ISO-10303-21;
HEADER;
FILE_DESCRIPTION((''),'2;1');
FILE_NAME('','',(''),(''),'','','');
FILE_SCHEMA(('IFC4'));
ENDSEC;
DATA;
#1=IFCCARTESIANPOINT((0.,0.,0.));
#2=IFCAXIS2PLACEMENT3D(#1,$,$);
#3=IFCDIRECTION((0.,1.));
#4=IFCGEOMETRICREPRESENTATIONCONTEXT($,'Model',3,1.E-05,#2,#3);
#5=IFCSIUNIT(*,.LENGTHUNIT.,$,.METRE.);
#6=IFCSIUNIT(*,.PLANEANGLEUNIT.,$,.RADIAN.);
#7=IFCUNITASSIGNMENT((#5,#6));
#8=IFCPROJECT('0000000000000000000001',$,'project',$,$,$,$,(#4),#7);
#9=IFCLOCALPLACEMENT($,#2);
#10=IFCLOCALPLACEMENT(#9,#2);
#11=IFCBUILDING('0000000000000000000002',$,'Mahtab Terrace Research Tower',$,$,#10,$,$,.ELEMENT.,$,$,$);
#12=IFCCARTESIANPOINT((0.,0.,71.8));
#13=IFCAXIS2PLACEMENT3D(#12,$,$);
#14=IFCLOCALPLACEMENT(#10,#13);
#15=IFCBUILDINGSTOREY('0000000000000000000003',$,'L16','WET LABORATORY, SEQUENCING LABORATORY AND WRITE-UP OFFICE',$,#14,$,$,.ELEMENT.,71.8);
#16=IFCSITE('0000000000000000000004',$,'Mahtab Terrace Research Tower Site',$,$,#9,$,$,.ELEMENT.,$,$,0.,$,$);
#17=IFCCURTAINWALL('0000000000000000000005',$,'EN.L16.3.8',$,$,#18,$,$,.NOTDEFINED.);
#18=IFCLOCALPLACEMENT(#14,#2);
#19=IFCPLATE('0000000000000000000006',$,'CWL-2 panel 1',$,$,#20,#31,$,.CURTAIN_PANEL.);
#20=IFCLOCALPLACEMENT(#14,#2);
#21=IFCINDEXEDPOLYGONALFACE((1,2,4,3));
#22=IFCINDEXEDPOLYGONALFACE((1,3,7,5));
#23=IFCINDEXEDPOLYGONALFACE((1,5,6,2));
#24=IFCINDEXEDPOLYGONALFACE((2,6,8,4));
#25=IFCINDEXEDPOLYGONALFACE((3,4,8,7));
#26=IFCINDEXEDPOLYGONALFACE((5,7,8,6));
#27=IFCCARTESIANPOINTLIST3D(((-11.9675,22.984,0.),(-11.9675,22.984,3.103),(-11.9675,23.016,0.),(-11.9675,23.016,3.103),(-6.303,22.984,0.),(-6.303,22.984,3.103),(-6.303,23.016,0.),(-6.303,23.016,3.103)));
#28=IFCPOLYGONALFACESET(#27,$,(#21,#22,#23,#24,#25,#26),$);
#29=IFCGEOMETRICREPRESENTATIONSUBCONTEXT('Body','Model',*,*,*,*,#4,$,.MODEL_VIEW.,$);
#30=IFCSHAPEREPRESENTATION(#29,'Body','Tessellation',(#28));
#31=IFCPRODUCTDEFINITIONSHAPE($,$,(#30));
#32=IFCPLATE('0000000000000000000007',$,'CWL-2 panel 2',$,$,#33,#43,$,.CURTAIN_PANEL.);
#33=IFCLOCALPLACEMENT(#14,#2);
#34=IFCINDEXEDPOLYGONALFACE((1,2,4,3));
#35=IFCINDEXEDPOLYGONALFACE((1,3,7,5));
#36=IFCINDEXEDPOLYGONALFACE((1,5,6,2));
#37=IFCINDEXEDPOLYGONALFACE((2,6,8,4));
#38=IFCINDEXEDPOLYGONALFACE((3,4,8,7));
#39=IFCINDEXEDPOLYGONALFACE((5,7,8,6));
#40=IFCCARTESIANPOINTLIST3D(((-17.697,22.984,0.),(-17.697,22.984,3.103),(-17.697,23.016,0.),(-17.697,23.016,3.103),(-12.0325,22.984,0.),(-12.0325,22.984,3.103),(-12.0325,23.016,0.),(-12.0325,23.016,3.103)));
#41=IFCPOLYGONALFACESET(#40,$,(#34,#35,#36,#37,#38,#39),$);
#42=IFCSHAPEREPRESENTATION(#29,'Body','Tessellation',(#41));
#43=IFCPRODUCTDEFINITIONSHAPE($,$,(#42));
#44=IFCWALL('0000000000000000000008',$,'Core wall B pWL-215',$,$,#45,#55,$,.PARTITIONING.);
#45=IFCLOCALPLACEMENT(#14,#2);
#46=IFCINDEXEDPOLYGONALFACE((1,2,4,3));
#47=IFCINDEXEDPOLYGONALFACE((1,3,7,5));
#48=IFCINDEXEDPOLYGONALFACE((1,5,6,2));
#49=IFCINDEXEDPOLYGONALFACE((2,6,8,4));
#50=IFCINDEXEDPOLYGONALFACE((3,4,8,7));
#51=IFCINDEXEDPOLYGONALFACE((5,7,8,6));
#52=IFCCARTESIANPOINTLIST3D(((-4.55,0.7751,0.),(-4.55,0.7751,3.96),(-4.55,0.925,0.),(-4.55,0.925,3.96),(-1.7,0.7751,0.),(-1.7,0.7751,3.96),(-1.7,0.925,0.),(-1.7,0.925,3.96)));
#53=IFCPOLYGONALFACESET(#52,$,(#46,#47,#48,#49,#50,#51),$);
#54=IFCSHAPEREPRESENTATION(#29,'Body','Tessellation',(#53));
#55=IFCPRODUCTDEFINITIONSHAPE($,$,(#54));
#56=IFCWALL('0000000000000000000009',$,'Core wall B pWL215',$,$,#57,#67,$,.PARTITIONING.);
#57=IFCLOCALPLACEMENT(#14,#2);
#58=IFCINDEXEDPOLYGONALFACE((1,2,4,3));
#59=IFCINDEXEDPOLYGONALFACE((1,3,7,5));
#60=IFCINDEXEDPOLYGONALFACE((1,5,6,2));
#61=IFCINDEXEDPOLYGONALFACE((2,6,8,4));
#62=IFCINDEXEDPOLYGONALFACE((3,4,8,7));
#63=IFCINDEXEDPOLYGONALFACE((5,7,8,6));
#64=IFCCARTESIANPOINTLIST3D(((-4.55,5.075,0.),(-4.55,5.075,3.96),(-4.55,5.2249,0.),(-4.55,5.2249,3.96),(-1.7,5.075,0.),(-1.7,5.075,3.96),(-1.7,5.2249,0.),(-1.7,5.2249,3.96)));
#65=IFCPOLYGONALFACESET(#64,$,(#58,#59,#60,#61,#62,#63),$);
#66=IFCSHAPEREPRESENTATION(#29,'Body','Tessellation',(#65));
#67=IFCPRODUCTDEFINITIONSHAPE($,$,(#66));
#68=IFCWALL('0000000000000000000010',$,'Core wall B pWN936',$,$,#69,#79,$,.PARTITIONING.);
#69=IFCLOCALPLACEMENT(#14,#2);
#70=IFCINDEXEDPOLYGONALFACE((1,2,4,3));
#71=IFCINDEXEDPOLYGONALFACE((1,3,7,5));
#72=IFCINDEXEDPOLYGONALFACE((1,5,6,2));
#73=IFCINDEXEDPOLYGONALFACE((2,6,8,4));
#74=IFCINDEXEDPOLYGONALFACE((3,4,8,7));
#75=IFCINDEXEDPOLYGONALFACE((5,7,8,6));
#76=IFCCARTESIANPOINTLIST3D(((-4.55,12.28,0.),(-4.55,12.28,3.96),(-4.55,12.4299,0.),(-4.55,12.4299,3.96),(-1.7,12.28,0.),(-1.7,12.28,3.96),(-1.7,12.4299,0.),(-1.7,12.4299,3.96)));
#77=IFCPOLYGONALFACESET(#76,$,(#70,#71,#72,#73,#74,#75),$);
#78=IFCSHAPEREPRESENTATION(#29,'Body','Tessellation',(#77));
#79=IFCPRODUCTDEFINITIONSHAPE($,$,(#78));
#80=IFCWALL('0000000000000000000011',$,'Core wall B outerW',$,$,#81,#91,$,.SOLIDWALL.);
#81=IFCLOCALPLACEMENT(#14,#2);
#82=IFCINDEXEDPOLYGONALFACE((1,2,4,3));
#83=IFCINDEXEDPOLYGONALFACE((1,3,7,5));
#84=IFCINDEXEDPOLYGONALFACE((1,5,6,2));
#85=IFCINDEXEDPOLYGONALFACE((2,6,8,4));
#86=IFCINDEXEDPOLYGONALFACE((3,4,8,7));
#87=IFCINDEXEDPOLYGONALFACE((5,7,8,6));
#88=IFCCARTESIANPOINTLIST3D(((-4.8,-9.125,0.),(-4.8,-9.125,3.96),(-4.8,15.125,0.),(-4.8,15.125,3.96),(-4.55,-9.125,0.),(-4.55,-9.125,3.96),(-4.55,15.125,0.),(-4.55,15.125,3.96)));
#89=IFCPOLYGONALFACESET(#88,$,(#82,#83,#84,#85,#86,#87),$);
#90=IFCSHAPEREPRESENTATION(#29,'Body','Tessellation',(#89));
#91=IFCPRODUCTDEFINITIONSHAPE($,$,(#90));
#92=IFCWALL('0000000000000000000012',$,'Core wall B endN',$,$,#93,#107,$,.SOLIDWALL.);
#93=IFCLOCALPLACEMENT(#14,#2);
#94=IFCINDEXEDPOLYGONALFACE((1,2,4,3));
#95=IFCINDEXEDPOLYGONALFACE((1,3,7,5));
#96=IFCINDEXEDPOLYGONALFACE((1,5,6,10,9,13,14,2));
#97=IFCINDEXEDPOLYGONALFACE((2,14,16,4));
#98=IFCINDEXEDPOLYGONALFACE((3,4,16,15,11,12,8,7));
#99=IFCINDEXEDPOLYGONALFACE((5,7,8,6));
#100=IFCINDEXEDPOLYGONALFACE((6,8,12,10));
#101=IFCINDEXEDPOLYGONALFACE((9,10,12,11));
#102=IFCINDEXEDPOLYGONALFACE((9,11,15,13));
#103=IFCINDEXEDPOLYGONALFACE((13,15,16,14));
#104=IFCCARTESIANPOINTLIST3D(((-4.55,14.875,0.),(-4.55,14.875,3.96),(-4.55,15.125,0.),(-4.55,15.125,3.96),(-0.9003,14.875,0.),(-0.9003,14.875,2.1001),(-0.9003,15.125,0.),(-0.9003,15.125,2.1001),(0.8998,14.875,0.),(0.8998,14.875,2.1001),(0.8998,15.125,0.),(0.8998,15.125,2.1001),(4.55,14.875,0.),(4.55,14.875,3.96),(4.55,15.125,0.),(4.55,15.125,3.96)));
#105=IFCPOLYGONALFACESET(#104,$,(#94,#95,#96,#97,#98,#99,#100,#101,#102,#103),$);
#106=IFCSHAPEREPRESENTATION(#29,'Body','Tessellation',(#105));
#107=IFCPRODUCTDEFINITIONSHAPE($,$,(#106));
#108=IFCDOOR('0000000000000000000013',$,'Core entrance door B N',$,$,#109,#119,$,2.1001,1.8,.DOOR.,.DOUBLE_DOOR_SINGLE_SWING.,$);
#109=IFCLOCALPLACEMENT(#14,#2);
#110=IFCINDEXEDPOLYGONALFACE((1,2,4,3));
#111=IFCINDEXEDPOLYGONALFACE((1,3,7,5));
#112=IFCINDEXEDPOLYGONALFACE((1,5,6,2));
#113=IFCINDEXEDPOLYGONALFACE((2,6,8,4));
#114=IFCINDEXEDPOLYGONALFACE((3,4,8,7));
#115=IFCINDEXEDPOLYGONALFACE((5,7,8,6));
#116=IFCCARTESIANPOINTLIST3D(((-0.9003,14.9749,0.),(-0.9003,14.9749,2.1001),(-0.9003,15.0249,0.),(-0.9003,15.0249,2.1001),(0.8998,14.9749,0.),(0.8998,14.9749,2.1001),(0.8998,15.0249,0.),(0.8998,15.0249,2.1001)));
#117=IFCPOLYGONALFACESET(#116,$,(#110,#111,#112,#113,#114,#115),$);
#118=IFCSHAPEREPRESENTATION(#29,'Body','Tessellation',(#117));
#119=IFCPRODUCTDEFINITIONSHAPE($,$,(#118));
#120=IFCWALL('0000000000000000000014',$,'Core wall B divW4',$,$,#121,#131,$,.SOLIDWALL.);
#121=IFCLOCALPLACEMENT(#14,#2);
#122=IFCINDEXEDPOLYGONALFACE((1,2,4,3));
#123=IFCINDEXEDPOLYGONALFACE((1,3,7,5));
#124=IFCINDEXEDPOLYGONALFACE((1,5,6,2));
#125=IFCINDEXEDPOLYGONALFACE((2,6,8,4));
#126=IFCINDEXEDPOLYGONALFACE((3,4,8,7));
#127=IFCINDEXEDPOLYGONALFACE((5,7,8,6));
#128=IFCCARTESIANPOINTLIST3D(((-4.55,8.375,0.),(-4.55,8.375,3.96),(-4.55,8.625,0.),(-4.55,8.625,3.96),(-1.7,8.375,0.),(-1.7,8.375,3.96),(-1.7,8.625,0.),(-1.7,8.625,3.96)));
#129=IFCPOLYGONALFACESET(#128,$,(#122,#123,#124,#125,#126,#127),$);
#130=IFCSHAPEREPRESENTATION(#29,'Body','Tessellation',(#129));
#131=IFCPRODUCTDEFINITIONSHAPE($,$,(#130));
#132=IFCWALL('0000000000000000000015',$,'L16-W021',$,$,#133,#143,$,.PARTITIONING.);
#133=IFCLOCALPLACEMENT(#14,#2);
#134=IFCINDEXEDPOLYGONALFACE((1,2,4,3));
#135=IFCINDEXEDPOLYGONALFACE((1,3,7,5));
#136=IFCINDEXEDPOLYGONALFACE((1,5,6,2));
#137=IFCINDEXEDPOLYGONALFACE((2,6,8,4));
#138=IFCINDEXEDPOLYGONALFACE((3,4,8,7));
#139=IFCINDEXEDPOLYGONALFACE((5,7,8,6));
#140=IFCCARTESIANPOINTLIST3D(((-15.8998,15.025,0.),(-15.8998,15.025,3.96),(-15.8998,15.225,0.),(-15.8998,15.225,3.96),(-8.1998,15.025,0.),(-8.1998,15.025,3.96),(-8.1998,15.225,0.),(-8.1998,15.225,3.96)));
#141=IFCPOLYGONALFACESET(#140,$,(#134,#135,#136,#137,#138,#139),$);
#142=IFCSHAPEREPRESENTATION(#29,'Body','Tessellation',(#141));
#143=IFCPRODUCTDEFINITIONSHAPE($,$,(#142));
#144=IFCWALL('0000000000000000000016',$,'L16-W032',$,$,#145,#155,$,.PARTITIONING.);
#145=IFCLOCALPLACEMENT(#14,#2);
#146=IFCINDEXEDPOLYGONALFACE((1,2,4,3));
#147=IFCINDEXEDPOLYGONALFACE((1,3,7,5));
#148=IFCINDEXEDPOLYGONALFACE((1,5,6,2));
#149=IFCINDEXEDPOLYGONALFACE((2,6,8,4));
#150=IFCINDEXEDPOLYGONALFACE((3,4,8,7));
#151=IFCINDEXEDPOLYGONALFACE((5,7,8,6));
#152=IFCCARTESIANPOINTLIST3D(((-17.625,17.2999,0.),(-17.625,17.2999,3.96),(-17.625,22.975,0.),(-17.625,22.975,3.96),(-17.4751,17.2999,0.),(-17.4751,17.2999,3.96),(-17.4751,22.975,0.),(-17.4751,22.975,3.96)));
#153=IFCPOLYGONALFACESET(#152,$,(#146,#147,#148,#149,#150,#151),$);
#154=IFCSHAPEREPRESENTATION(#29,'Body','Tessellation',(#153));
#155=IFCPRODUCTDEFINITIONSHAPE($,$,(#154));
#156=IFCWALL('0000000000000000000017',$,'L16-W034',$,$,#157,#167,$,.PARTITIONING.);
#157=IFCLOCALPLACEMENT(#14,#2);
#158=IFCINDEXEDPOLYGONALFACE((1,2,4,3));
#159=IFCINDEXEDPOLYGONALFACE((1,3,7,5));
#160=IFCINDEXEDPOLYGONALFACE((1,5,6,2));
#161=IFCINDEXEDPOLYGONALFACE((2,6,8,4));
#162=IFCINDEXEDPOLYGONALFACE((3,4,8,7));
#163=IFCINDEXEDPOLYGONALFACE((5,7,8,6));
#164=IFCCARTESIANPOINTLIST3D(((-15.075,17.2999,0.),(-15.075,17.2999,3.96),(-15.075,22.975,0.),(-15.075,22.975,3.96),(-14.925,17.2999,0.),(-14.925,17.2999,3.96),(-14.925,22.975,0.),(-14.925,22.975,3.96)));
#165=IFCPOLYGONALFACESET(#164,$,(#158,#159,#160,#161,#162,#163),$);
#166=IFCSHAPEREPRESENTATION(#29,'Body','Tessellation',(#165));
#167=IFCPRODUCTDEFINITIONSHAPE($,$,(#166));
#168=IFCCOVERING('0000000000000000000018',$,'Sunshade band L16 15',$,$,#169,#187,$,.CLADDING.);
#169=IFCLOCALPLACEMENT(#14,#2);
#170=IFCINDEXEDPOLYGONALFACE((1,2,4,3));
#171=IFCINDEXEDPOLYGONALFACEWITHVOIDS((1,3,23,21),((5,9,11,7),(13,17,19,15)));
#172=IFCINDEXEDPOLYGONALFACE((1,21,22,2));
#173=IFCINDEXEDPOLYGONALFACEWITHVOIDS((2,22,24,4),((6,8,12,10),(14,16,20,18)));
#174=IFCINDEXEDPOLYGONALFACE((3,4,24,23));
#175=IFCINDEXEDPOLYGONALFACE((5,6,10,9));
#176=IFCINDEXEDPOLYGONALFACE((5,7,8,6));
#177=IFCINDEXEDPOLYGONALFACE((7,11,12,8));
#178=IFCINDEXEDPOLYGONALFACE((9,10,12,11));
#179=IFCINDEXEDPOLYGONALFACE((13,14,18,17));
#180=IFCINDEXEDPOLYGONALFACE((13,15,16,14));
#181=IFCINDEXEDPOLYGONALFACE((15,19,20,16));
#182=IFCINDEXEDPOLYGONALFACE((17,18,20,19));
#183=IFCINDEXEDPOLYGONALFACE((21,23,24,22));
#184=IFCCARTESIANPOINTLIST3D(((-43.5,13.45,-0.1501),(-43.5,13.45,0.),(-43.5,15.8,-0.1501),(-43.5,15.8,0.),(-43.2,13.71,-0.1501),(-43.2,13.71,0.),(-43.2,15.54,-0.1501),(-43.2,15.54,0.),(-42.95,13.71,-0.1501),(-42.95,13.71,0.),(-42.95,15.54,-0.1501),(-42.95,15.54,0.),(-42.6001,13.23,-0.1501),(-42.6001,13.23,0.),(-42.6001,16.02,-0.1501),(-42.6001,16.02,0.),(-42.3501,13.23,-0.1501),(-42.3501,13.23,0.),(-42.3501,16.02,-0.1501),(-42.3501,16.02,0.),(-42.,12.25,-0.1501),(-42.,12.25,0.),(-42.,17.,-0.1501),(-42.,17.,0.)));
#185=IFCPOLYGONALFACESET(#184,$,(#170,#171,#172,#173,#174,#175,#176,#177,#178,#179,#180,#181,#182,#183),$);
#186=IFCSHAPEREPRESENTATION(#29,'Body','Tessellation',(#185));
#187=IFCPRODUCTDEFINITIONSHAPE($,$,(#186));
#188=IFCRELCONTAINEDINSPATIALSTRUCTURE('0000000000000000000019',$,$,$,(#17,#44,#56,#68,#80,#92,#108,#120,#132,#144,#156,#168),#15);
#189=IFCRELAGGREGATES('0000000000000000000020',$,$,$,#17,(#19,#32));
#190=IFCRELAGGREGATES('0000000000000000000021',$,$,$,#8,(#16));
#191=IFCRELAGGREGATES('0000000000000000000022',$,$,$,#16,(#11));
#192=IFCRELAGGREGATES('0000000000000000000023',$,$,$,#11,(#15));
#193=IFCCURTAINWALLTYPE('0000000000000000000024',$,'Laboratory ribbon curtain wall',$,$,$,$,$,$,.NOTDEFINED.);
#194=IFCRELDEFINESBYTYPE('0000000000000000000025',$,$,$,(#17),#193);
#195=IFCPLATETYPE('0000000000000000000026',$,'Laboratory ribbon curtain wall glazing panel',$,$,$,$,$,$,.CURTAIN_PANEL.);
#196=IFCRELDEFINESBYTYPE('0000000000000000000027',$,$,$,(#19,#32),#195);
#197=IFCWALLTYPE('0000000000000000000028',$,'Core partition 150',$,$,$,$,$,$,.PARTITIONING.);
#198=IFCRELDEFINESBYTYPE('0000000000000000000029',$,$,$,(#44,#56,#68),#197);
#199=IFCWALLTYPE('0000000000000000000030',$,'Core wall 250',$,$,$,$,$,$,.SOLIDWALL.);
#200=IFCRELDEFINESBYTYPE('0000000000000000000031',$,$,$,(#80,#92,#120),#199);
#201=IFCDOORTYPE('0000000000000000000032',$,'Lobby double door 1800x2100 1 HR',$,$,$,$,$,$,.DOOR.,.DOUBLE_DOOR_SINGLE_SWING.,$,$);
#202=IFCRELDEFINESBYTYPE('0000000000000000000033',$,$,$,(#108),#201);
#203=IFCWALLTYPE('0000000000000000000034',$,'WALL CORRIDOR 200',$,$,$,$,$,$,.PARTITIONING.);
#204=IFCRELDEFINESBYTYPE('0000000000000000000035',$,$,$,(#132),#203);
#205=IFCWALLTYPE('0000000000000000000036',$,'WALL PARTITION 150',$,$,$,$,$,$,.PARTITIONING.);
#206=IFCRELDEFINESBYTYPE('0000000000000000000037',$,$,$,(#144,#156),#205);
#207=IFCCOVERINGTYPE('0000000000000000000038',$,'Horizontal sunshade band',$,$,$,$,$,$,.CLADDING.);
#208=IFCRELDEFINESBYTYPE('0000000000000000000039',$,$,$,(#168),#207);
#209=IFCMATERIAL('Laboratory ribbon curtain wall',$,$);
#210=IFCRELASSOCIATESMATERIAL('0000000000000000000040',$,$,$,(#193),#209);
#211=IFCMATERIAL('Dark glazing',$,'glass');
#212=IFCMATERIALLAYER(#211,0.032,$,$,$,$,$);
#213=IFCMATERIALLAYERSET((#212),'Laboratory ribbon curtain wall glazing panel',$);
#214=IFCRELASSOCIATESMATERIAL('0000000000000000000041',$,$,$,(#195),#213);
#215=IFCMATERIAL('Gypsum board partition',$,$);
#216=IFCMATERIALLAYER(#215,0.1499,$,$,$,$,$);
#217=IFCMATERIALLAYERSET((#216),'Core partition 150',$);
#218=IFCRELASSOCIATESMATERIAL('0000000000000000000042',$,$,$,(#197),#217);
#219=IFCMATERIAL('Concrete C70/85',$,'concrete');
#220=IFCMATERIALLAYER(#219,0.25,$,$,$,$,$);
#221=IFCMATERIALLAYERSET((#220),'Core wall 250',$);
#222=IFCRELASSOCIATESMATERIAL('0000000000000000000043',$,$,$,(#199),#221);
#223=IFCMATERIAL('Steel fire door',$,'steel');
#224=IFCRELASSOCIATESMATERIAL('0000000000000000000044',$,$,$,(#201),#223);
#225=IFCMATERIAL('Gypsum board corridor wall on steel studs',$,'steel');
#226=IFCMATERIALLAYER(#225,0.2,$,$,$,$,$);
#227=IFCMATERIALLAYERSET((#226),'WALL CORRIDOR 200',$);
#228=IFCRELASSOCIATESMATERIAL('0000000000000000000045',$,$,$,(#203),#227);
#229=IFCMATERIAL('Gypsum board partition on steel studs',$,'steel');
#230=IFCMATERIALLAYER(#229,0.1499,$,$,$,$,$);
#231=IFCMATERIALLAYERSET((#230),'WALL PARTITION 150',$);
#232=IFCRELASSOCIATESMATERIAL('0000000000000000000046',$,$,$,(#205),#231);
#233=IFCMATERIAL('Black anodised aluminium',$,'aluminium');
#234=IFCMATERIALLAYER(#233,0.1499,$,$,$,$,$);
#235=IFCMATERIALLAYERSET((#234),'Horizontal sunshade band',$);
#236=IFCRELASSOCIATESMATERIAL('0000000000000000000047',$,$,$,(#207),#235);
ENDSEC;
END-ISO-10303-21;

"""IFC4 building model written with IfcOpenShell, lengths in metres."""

from ifc_helpers import new_model, si_unit, direction, frame, frame_2d, origin, origin_2d, place, context, subcontext, project, spatial, polyline, rectangle, outline, extrude, material, layer, layer_set, type_object, element, fill, aggregate, save


model = new_model("IFC4")

# Units and contexts
model_context = context("Model", 3, precision=1e-05, world=origin(), true_north=direction((0.0, 1.0)))
body_context = subcontext(model_context, "Body", "Model", "MODEL_VIEW")
ifc_project = project(units=[si_unit("LENGTHUNIT", "METRE"), si_unit("PLANEANGLEUNIT", "RADIAN")], contexts=[model_context])

# Site, building, storey
site_placement = place(None, origin())
site = spatial("IfcSite", under=ifc_project, at=site_placement, Name="Mahtab Terrace Research Tower Site", CompositionType="ELEMENT", RefElevation=0.0)
building_placement = place(site_placement, origin())
building = spatial("IfcBuilding", under=site, at=building_placement, Name="Mahtab Terrace Research Tower", CompositionType="ELEMENT")
storey_placement = place(building_placement, frame((0.0, 0.0, 71.8)))
storey = spatial("IfcBuildingStorey", under=building, at=storey_placement, Name="L16", Description="WET LABORATORY, SEQUENCING LABORATORY AND WRITE-UP OFFICE", CompositionType="ELEMENT", Elevation=71.8)

# Shared definitions
ifc_material_1 = material(Name="Concrete C70/85", Category="concrete")

# Curtain wall
ifc_material_2 = material(Name="Laboratory ribbon curtain wall")
curtain_wall_type = type_object("IfcCurtainWallType", Name="Laboratory ribbon curtain wall", PredefinedType="NOTDEFINED", material=ifc_material_2)
curtain_wall_placement = place(storey_placement, origin())
curtain_wall = element("IfcCurtainWall", 1, at=curtain_wall_placement, inside=storey, type_object=curtain_wall_type, Name="EN.L16.3.8", PredefinedType="NOTDEFINED")

# Plates
ifc_material_3 = material(Name="Dark glazing", Category="glass")
ifc_layer_1 = layer(ifc_material_3, 0.032)
ifc_layer_set_1 = layer_set([ifc_layer_1], Name="Laboratory ribbon curtain wall glazing panel")
plate_type = type_object("IfcPlateType", Name="Laboratory ribbon curtain wall glazing panel", PredefinedType="CURTAIN_PANEL", material=ifc_layer_set_1)
plate_1_placement = place(storey_placement, frame((-9.1353, 23.0, 0.0), z_axis=(0.0, 0.0, 1.0), x_axis=(-1.0, 0.0, 0.0)))
plate_1 = element("IfcPlate", 2, at=plate_1_placement, type_object=plate_type, Name="CWL-2 panel 1", PredefinedType="CURTAIN_PANEL", context=body_context, shape_type="SweptSolid", body=[
    extrude(rectangle(XDim=5.6646, YDim=0.032, at=origin_2d()), origin(), (0.0, 0.0, 1.0), 3.103),
])
plate_2_placement = place(storey_placement, frame((-14.8647, 23.0, 0.0), z_axis=(0.0, 0.0, 1.0), x_axis=(-1.0, 0.0, 0.0)))
plate_2 = element("IfcPlate", 3, at=plate_2_placement, type_object=plate_type, Name="CWL-2 panel 2", PredefinedType="CURTAIN_PANEL", context=body_context, shape_type="SweptSolid", body=[
    extrude(rectangle(XDim=5.6646, YDim=0.032, at=origin_2d()), origin(), (0.0, 0.0, 1.0), 3.103),
])
aggregate(curtain_wall, [plate_1, plate_2])

# Walls
ifc_material_4 = material(Name="Gypsum board partition")
ifc_layer_2 = layer(ifc_material_4, 0.1499)
ifc_layer_set_2 = layer_set([ifc_layer_2], Name="Core partition 150")
wall_type_1 = type_object("IfcWallType", Name="Core partition 150", PredefinedType="PARTITIONING", material=ifc_layer_set_2)
for number, where, z_axis, x_axis, name in (
    (4, (-4.55, 0.8501, 0.0), (0.0, 0.0, 1.0), (1.0, 0.0, 0.0), "Core wall B pWL-215"),
    (5, (-4.55, 5.1499, 0.0), (0.0, 0.0, 1.0), (1.0, 0.0, 0.0), "Core wall B pWL215"),
    (6, (-4.55, 12.355, 0.0), (0.0, 0.0, 1.0), (1.0, 0.0, 0.0), "Core wall B pWN936"),
):
    element("IfcWall", number, at=place(storey_placement, frame(where, z_axis=z_axis, x_axis=x_axis)), inside=storey, type_object=wall_type_1, Name=name, PredefinedType="PARTITIONING", context=body_context, shape_type="SweptSolid", body=[
        extrude(rectangle(XDim=2.8501, YDim=0.1499, at=frame_2d((1.425, 0.0))), origin(), (0.0, 0.0, 1.0), 3.96),
    ])
ifc_layer_3 = layer(ifc_material_1, 0.25)
ifc_layer_set_3 = layer_set([ifc_layer_3], Name="Core wall 250")
wall_type_2 = type_object("IfcWallType", Name="Core wall 250", PredefinedType="SOLIDWALL", material=ifc_layer_set_3)
wall_1_placement = place(storey_placement, frame((-4.675, 15.125, 0.0), z_axis=(0.0, 0.0, 1.0), x_axis=(0.0, -1.0, 0.0)))
element("IfcWall", 7, at=wall_1_placement, inside=storey, type_object=wall_type_2, Name="Core wall B outerW", PredefinedType="SOLIDWALL", context=body_context, shape_type="SweptSolid", body=[
    extrude(rectangle(XDim=24.25, YDim=0.25, at=frame_2d((12.125, 0.0))), origin(), (0.0, 0.0, 1.0), 3.96),
])

# Wall, opening, door
wall_2_placement = place(storey_placement, frame((-4.55, 15.0, 0.0), z_axis=(0.0, 0.0, 1.0), x_axis=(1.0, 0.0, 0.0)))
wall_2 = element("IfcWall", 8, at=wall_2_placement, inside=storey, type_object=wall_type_2, Name="Core wall B endN", PredefinedType="SOLIDWALL", context=body_context, shape_type="SweptSolid", body=[
    extrude(rectangle(XDim=9.1001, YDim=0.25, at=frame_2d((4.55, 0.0))), origin(), (0.0, 0.0, 1.0), 3.96),
])
opening_placement = place(wall_2_placement, frame((3.6499, 0.0, 0.0)))
opening = element("IfcOpeningElement", 9, at=opening_placement, cuts=wall_2, PredefinedType="OPENING", context=body_context, shape_type="SweptSolid", body=[
    extrude(rectangle(XDim=1.8, YDim=2.1001, at=frame_2d((0.8999, 1.05))), frame((0.0, 0.135, 0.0), z_axis=(0.0, -1.0, 0.0), x_axis=(1.0, 0.0, 0.0)), (0.0, 0.0, 1.0), 0.27),
])
ifc_material_5 = material(Name="Steel fire door", Category="steel")
door_type = type_object("IfcDoorType", Name="Lobby double door 1800x2100 1 HR", OperationType="DOUBLE_DOOR_SINGLE_SWING", PredefinedType="DOOR", material=ifc_material_5)
door_placement = place(opening_placement, origin())
door = element("IfcDoor", 10, at=door_placement, inside=storey, type_object=door_type, Name="Core entrance door B N", OperationType="DOUBLE_DOOR_SINGLE_SWING", OverallHeight=2.1001, OverallWidth=1.8, PredefinedType="DOOR", context=body_context, shape_type="SweptSolid", body=[
    extrude(rectangle(XDim=1.8, YDim=2.1001, at=frame_2d((0.8999, 1.05))), frame((0.0, 0.0249, 0.0), z_axis=(0.0, -1.0, 0.0), x_axis=(1.0, 0.0, 0.0)), (0.0, 0.0, 1.0), 0.05),
])
fill(opening, door)

# Walls
wall_3_placement = place(storey_placement, frame((-4.55, 8.5, 0.0), z_axis=(0.0, 0.0, 1.0), x_axis=(1.0, 0.0, 0.0)))
element("IfcWall", 11, at=wall_3_placement, inside=storey, type_object=wall_type_2, Name="Core wall B divW4", PredefinedType="SOLIDWALL", context=body_context, shape_type="SweptSolid", body=[
    extrude(rectangle(XDim=2.8501, YDim=0.25, at=frame_2d((1.425, 0.0))), origin(), (0.0, 0.0, 1.0), 3.96),
])
ifc_material_6 = material(Name="Gypsum board corridor wall on steel studs", Category="steel")
ifc_layer_4 = layer(ifc_material_6, 0.2)
ifc_layer_set_4 = layer_set([ifc_layer_4], Name="WALL CORRIDOR 200")
wall_type_3 = type_object("IfcWallType", Name="WALL CORRIDOR 200", PredefinedType="PARTITIONING", material=ifc_layer_set_4)
wall_4_placement = place(storey_placement, frame((-15.8999, 15.125, 0.0), z_axis=(0.0, 0.0, 1.0), x_axis=(1.0, 0.0, 0.0)))
element("IfcWall", 12, at=wall_4_placement, inside=storey, type_object=wall_type_3, Name="L16-W021", PredefinedType="PARTITIONING", context=body_context, shape_type="SweptSolid", body=[
    extrude(rectangle(XDim=7.7, YDim=0.2, at=frame_2d((3.8501, 0.0))), origin(), (0.0, 0.0, 1.0), 3.96),
])
ifc_material_7 = material(Name="Gypsum board partition on steel studs", Category="steel")
ifc_layer_5 = layer(ifc_material_7, 0.1499)
ifc_layer_set_5 = layer_set([ifc_layer_5], Name="WALL PARTITION 150")
wall_type_4 = type_object("IfcWallType", Name="WALL PARTITION 150", PredefinedType="PARTITIONING", material=ifc_layer_set_5)
for number, where, z_axis, x_axis, name in (
    (13, (-17.55, 17.3, 0.0), (0.0, 0.0, 1.0), (0.0, 1.0, 0.0), "L16-W032"),
    (14, (-15.0, 17.3, 0.0), (0.0, 0.0, 1.0), (0.0, 1.0, 0.0), "L16-W034"),
):
    element("IfcWall", number, at=place(storey_placement, frame(where, z_axis=z_axis, x_axis=x_axis)), inside=storey, type_object=wall_type_4, Name=name, PredefinedType="PARTITIONING", context=body_context, shape_type="SweptSolid", body=[
        extrude(rectangle(XDim=5.675, YDim=0.1499, at=frame_2d((2.8374, 0.0))), origin(), (0.0, 0.0, 1.0), 3.96),
    ])

# Covering
ifc_material_8 = material(Name="Black anodised aluminium", Category="aluminium")
ifc_layer_6 = layer(ifc_material_8, 0.1499)
ifc_layer_set_6 = layer_set([ifc_layer_6], Name="Horizontal sunshade band")
covering_type = type_object("IfcCoveringType", Name="Horizontal sunshade band", PredefinedType="CLADDING", material=ifc_layer_set_6)
covering_1_placement = place(storey_placement, frame((0.0, 0.0, -0.1501)))
element("IfcCovering", 15, at=covering_1_placement, inside=storey, type_object=covering_type, Name="Sunshade band L16 15", PredefinedType="CLADDING", context=body_context, shape_type="SweptSolid", body=[
    extrude(outline(polyline([(-42.0, 17.0), (-42.0, 12.25), (-43.5, 13.45), (-43.5, 15.8), (-42.0, 17.0)]), holes=[polyline([(-42.3501, 16.02), (-42.3501, 13.23), (-42.6001, 13.23), (-42.6001, 16.02), (-42.3501, 16.02)]), polyline([(-42.95, 15.54), (-42.95, 13.71), (-43.2, 13.71), (-43.2, 15.54), (-42.95, 15.54)])]), origin(), (0.0, 0.0, 1.0), 0.1501),
])

save(model, "model.ifc")
